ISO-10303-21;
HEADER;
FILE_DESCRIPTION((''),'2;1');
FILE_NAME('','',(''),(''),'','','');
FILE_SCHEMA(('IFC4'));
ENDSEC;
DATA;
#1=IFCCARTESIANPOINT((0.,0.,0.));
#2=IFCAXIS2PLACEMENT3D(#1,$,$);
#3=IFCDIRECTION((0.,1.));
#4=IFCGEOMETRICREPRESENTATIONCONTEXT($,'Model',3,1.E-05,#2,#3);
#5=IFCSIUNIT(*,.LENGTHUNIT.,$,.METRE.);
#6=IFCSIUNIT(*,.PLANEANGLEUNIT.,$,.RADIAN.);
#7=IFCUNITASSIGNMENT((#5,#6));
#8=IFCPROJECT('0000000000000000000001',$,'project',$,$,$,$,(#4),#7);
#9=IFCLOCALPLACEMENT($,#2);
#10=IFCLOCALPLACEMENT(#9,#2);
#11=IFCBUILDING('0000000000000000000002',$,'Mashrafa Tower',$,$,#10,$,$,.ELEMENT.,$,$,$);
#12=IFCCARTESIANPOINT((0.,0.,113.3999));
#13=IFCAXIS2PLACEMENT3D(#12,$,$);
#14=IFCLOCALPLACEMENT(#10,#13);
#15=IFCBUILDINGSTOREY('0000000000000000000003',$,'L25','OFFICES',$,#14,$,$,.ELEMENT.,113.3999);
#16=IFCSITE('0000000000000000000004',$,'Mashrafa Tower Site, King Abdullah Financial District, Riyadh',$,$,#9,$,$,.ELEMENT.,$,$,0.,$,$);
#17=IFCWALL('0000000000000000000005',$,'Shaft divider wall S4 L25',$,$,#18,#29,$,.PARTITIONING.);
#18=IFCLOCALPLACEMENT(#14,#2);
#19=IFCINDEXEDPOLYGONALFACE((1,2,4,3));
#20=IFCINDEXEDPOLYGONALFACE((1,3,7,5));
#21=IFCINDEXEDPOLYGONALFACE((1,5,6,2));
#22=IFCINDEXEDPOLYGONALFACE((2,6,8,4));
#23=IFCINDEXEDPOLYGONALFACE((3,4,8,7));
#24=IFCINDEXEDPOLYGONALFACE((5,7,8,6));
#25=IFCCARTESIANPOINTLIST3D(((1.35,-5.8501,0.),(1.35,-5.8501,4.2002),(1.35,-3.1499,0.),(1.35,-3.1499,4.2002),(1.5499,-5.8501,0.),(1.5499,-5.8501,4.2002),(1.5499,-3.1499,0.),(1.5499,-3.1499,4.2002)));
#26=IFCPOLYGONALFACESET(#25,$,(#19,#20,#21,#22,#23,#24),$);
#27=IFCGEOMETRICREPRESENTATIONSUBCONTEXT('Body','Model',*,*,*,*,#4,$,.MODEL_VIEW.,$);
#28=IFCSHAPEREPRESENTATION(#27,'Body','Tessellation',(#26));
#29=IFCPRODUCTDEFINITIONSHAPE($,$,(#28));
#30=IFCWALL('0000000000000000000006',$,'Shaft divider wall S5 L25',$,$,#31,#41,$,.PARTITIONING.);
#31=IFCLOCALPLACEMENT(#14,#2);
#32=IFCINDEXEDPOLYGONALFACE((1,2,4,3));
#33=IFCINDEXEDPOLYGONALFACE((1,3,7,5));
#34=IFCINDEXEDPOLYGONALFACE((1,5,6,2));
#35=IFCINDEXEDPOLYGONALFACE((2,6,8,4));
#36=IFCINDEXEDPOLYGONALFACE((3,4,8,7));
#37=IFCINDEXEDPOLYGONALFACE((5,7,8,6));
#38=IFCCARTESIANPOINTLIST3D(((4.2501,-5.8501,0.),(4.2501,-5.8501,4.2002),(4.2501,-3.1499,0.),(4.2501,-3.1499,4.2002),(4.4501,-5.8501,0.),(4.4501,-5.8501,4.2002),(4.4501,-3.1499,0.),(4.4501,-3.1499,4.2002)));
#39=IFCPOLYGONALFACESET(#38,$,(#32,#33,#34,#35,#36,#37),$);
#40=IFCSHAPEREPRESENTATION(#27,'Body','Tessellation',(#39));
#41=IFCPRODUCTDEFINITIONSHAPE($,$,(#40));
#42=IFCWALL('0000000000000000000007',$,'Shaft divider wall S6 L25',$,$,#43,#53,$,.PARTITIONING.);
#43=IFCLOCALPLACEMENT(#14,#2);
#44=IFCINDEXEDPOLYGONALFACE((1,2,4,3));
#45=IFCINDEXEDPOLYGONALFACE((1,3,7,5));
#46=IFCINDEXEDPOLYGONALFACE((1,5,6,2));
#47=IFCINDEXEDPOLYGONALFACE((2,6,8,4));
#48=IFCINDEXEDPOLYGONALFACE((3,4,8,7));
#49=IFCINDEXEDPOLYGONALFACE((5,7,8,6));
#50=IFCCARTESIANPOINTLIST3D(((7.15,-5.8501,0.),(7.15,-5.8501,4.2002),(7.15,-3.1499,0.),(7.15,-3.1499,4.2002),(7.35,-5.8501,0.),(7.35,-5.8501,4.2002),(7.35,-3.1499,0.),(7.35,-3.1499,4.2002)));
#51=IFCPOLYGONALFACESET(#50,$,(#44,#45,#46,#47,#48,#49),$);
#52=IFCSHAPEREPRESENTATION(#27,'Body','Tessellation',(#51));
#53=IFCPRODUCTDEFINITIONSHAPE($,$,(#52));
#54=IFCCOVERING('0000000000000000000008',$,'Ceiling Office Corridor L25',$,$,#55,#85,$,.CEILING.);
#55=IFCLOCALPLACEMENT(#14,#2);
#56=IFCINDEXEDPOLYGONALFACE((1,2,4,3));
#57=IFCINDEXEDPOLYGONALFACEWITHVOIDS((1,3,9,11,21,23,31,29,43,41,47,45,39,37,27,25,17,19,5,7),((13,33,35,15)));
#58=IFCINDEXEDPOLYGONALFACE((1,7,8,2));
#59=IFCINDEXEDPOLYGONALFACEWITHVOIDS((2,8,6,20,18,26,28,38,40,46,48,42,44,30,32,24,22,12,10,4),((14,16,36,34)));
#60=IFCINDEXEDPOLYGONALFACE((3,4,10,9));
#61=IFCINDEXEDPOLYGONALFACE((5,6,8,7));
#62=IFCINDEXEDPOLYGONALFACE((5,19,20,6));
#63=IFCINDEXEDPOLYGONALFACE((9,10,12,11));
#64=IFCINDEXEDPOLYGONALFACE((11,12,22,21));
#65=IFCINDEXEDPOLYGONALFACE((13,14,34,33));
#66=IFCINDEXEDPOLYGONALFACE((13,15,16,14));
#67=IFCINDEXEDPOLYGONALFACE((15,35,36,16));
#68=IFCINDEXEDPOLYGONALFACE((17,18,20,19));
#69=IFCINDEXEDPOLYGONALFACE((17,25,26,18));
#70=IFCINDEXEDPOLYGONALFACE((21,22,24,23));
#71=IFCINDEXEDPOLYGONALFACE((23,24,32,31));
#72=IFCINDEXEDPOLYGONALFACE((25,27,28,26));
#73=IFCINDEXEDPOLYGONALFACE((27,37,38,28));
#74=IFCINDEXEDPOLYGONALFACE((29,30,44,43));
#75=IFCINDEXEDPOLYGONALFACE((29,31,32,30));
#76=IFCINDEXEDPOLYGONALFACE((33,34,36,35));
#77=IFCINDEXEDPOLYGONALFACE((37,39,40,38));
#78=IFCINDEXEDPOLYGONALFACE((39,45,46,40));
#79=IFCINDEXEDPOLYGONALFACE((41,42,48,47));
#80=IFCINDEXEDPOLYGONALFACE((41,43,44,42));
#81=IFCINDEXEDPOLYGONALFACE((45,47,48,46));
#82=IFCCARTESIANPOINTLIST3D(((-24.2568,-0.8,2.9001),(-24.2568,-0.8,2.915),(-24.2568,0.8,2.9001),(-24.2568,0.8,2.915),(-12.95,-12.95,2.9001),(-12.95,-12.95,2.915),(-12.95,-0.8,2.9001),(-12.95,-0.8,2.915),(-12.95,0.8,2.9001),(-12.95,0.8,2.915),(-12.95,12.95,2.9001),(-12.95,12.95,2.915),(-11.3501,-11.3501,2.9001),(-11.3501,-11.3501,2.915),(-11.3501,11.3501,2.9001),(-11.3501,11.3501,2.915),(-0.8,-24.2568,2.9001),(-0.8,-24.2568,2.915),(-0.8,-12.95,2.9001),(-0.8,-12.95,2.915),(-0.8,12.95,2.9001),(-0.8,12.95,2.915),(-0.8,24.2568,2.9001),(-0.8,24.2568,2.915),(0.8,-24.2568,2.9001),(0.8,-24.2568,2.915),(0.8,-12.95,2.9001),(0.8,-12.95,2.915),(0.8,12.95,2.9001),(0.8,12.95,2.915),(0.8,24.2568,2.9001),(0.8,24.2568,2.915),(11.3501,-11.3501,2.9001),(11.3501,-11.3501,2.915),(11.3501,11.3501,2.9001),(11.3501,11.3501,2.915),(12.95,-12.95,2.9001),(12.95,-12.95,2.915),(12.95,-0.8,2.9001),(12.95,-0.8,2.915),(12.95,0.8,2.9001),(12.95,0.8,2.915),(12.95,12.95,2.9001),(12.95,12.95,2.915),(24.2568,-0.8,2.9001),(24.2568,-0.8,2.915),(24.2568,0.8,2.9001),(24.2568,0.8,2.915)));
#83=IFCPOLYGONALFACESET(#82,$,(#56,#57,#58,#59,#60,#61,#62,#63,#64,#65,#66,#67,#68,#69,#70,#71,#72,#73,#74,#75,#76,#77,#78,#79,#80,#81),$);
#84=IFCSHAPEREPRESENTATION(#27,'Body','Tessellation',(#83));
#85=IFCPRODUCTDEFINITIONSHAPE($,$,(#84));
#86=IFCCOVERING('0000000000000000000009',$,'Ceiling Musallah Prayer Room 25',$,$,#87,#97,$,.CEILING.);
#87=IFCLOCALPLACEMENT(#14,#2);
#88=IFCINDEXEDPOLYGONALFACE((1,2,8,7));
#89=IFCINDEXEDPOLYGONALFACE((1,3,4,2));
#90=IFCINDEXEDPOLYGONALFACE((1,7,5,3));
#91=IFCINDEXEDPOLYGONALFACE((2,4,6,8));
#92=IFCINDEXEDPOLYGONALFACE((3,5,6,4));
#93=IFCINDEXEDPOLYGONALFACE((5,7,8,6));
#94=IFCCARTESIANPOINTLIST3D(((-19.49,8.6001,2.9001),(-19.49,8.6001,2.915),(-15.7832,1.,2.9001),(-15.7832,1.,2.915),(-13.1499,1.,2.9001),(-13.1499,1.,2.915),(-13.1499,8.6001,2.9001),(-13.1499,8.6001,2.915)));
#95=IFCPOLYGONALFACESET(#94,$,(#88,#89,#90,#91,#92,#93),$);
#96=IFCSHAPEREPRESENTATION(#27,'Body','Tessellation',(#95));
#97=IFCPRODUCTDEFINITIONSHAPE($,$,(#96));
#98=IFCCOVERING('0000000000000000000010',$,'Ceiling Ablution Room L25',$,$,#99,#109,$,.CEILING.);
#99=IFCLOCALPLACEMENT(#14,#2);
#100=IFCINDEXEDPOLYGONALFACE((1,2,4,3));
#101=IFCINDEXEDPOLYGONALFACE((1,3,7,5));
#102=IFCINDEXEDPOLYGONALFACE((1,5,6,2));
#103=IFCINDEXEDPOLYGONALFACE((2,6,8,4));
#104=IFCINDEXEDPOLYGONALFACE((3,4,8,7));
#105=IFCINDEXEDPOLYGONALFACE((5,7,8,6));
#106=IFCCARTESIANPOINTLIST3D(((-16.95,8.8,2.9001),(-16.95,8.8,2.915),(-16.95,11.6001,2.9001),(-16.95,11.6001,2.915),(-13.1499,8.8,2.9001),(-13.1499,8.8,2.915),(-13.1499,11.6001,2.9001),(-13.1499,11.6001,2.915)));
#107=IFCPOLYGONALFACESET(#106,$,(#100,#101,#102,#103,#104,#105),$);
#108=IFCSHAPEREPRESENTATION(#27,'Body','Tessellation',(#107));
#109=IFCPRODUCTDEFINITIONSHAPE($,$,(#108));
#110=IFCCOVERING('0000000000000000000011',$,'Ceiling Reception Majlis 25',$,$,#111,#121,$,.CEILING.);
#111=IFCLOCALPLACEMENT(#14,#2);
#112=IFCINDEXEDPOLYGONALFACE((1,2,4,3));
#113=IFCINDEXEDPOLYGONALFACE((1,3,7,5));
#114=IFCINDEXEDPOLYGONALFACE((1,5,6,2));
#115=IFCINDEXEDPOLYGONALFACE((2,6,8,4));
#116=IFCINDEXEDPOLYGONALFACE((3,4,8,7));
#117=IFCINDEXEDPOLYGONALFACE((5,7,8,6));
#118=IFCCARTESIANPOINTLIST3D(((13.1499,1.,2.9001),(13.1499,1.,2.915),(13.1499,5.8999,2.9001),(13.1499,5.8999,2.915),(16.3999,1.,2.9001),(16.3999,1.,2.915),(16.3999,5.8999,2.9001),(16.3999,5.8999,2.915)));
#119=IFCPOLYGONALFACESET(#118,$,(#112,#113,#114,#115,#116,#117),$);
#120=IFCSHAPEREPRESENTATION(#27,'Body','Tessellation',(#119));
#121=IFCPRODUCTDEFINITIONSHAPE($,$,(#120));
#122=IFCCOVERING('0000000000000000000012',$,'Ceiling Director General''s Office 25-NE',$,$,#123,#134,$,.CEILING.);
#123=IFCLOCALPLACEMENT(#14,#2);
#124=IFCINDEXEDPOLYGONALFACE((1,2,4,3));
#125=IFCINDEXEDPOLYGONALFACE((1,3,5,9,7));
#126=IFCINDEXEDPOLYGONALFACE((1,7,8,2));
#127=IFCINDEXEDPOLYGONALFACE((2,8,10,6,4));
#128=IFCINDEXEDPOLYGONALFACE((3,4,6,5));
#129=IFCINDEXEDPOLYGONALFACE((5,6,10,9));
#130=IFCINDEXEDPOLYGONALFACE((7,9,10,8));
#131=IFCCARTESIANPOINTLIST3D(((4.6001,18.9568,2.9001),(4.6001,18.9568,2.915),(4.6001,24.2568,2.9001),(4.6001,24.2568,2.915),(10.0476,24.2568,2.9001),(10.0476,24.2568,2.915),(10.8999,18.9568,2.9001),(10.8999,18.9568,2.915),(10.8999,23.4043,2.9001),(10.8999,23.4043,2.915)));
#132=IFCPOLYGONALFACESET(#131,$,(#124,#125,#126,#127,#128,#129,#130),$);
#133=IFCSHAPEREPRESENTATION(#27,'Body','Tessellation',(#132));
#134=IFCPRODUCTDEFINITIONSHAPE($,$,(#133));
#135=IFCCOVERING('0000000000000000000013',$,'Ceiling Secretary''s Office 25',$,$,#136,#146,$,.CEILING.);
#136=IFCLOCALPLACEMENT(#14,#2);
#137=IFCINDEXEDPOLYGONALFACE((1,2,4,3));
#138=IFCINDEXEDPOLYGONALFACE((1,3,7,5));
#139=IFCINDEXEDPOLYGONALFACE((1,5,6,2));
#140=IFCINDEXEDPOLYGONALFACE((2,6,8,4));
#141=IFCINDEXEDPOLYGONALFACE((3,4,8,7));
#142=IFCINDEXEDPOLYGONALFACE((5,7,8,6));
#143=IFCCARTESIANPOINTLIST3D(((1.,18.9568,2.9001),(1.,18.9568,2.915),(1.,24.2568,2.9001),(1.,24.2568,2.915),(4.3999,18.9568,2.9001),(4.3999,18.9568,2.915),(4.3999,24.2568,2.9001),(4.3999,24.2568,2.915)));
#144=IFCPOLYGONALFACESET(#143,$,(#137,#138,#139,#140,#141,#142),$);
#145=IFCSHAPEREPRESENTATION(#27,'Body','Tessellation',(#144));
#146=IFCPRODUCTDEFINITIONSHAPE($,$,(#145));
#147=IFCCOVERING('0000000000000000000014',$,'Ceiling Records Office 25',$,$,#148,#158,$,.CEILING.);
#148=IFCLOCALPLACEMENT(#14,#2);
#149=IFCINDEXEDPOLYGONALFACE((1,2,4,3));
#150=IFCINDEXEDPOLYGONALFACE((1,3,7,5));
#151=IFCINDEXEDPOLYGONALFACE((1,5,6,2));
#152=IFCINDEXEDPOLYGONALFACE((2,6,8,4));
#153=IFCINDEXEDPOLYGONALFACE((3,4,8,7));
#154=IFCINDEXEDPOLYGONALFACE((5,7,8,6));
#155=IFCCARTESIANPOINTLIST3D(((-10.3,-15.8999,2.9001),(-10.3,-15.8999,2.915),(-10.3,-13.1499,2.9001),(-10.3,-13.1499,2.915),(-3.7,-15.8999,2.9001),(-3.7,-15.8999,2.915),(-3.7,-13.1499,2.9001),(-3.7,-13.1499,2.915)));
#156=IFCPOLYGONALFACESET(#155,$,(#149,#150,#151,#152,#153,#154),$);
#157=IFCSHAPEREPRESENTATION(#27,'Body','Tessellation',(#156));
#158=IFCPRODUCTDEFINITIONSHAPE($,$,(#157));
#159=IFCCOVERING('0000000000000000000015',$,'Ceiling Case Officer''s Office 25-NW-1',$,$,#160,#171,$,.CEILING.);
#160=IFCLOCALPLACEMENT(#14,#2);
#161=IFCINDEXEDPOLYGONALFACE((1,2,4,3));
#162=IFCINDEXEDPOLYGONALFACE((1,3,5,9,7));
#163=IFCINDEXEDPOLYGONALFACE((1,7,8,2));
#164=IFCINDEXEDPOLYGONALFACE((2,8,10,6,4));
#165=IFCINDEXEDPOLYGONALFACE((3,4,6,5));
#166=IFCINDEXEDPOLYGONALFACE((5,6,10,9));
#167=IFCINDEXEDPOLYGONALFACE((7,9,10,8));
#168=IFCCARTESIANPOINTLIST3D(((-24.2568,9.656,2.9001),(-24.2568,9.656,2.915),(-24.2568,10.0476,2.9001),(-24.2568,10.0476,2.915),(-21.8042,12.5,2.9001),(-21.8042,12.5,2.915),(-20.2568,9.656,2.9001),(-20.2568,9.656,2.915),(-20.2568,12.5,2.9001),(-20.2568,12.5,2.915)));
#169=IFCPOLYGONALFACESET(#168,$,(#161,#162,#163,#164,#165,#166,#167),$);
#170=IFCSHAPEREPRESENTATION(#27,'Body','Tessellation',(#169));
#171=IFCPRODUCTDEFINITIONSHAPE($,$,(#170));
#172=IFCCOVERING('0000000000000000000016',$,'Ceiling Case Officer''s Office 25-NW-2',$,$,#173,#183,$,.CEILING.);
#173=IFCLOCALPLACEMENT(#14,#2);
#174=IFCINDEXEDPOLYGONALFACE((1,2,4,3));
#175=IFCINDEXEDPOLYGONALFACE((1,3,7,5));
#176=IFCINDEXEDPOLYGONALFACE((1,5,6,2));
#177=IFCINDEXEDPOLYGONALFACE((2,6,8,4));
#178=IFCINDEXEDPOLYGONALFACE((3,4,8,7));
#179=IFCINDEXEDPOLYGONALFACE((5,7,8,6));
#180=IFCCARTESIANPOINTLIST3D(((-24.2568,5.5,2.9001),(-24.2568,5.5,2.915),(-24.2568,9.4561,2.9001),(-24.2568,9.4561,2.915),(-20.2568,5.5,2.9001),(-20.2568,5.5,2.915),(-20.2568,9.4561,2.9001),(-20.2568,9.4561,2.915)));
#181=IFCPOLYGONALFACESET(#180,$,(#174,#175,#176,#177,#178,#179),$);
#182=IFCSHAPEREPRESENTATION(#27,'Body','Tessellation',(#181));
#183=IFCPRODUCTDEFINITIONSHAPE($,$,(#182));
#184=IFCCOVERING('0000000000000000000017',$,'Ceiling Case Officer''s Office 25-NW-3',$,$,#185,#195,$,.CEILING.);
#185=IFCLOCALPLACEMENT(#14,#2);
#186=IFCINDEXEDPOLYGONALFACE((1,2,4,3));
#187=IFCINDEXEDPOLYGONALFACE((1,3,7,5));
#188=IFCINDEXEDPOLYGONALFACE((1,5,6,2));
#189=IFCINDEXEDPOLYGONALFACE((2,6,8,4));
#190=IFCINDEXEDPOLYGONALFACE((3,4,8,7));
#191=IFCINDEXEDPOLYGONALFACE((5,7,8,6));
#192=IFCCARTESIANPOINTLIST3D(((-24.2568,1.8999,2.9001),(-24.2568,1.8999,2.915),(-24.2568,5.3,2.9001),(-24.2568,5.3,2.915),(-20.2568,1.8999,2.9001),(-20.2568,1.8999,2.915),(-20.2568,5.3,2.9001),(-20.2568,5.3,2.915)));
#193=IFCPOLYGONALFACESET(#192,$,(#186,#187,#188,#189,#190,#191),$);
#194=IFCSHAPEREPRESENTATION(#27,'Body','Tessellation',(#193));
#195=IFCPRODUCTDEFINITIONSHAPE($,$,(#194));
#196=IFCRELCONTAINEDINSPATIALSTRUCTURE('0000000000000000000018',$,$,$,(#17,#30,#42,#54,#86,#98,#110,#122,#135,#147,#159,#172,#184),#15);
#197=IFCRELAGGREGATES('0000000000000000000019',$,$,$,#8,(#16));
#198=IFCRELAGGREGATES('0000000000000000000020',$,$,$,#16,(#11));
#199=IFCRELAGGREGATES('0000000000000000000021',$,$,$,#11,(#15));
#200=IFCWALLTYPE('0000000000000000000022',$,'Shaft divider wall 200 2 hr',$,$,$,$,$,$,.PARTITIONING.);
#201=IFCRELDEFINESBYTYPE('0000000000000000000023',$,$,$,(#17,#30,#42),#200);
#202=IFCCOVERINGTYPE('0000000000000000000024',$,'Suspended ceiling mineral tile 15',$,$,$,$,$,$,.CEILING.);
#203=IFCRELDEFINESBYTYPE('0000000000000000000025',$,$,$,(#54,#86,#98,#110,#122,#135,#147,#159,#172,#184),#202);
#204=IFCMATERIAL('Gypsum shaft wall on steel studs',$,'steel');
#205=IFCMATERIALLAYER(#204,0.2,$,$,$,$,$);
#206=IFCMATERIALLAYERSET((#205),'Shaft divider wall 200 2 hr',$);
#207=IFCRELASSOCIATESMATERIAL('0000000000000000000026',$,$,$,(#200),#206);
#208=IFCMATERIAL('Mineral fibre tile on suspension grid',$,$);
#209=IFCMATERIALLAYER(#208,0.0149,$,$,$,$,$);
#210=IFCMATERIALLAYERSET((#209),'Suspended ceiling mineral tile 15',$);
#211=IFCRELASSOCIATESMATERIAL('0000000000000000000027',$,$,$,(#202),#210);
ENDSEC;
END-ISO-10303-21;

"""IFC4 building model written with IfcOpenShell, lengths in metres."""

from ifc_helpers import new_model, si_unit, direction, frame, frame_2d, origin, place, context, subcontext, project, spatial, polyline, rectangle, outline, extrude, material, layer, layer_set, type_object, element, save


model = new_model("IFC4")

# Units and contexts
model_context = context("Model", 3, precision=1e-05, world=origin(), true_north=direction((0.0, 1.0)))
body_context = subcontext(model_context, "Body", "Model", "MODEL_VIEW")
ifc_project = project(units=[si_unit("LENGTHUNIT", "METRE"), si_unit("PLANEANGLEUNIT", "RADIAN")], contexts=[model_context])

# Site, building, storey
site_placement = place(None, origin())
site = spatial("IfcSite", under=ifc_project, at=site_placement, Name="Mashrafa Tower Site, King Abdullah Financial District, Riyadh", CompositionType="ELEMENT", RefElevation=0.0)
building_placement = place(site_placement, origin())
building = spatial("IfcBuilding", under=site, at=building_placement, Name="Mashrafa Tower", CompositionType="ELEMENT")
storey_placement = place(building_placement, frame((0.0, 0.0, 113.3999)))
storey = spatial("IfcBuildingStorey", under=building, at=storey_placement, Name="L25", Description="OFFICES", CompositionType="ELEMENT", Elevation=113.3999)

# Walls
ifc_material_1 = material(Name="Gypsum shaft wall on steel studs", Category="steel")
ifc_layer_1 = layer(ifc_material_1, 0.2)
ifc_layer_set_1 = layer_set([ifc_layer_1], Name="Shaft divider wall 200 2 hr")
wall_type_1 = type_object("IfcWallType", Name="Shaft divider wall 200 2 hr", PredefinedType="PARTITIONING", material=ifc_layer_set_1)
for number, where, z_axis, x_axis, name in (
    (1, (1.45, -5.8501, 0.0), (0.0, 0.0, 1.0), (0.0, 1.0, 0.0), "Shaft divider wall S4 L25"),
    (2, (4.3501, -5.8501, 0.0), (0.0, 0.0, 1.0), (0.0, 1.0, 0.0), "Shaft divider wall S5 L25"),
    (3, (7.25, -5.8501, 0.0), (0.0, 0.0, 1.0), (0.0, 1.0, 0.0), "Shaft divider wall S6 L25"),
):
    element("IfcWall", number, at=place(storey_placement, frame(where, z_axis=z_axis, x_axis=x_axis)), inside=storey, type_object=wall_type_1, Name=name, PredefinedType="PARTITIONING", context=body_context, shape_type="SweptSolid", body=[
        extrude(rectangle(XDim=2.7002, YDim=0.2, at=frame_2d((1.3501, 0.0))), origin(), (0.0, 0.0, 1.0), 4.2002),
    ])

# Coverings
ifc_material_2 = material(Name="Mineral fibre tile on suspension grid")
ifc_layer_2 = layer(ifc_material_2, 0.0149)
ifc_layer_set_2 = layer_set([ifc_layer_2], Name="Suspended ceiling mineral tile 15")
covering_type = type_object("IfcCoveringType", Name="Suspended ceiling mineral tile 15", PredefinedType="CEILING", material=ifc_layer_set_2)
covering_1_placement = place(storey_placement, frame((0.0, 0.0, 2.9001)))
element("IfcCovering", 4, at=covering_1_placement, inside=storey, type_object=covering_type, Name="Ceiling Office Corridor L25", PredefinedType="CEILING", context=body_context, shape_type="SweptSolid", body=[
    extrude(outline(polyline([(-12.95, -12.95), (-12.95, -0.8), (-24.2568, -0.8), (-24.2568, 0.8), (-12.95, 0.8), (-12.95, 12.95), (-0.8, 12.95), (-0.8, 24.2568), (0.8, 24.2568), (0.8, 12.95), (12.95, 12.95), (12.95, 0.8), (24.2568, 0.8), (24.2568, -0.8), (12.95, -0.8), (12.95, -12.95), (0.8, -12.95), (0.8, -24.2568), (-0.8, -24.2568), (-0.8, -12.95), (-12.95, -12.95)]), holes=[polyline([(11.3501, 11.3501), (-11.3501, 11.3501), (-11.3501, -11.3501), (11.3501, -11.3501), (11.3501, 11.3501)])]), origin(), (0.0, 0.0, 1.0), 0.0149),
])
covering_2_placement = place(storey_placement, frame((0.0, 0.0, 2.9001)))
element("IfcCovering", 5, at=covering_2_placement, inside=storey, type_object=covering_type, Name="Ceiling Musallah Prayer Room 25", PredefinedType="CEILING", context=body_context, shape_type="SweptSolid", body=[
    extrude(outline(polyline([(-15.7832, 1.0), (-19.49, 8.6001), (-13.1499, 8.6001), (-13.1499, 1.0), (-15.7832, 1.0)])), origin(), (0.0, 0.0, 1.0), 0.0149),
])
covering_3_placement = place(storey_placement, frame((0.0, 0.0, 2.9001)))
element("IfcCovering", 6, at=covering_3_placement, inside=storey, type_object=covering_type, Name="Ceiling Ablution Room L25", PredefinedType="CEILING", context=body_context, shape_type="SweptSolid", body=[
    extrude(outline(polyline([(-16.95, 8.8), (-16.95, 11.6001), (-13.1499, 11.6001), (-13.1499, 8.8), (-16.95, 8.8)])), origin(), (0.0, 0.0, 1.0), 0.0149),
])
covering_4_placement = place(storey_placement, frame((0.0, 0.0, 2.9001)))
element("IfcCovering", 7, at=covering_4_placement, inside=storey, type_object=covering_type, Name="Ceiling Reception Majlis 25", PredefinedType="CEILING", context=body_context, shape_type="SweptSolid", body=[
    extrude(outline(polyline([(13.1499, 5.8999), (16.3999, 5.8999), (16.3999, 1.0), (13.1499, 1.0), (13.1499, 5.8999)])), origin(), (0.0, 0.0, 1.0), 0.0149),
])
covering_5_placement = place(storey_placement, frame((0.0, 0.0, 2.9001)))
element("IfcCovering", 8, at=covering_5_placement, inside=storey, type_object=covering_type, Name="Ceiling Director General's Office 25-NE", PredefinedType="CEILING", context=body_context, shape_type="SweptSolid", body=[
    extrude(outline(polyline([(4.6001, 24.2568), (10.0476, 24.2568), (10.8999, 23.4043), (10.8999, 18.9568), (4.6001, 18.9568), (4.6001, 24.2568)])), origin(), (0.0, 0.0, 1.0), 0.0149),
])
covering_6_placement = place(storey_placement, frame((0.0, 0.0, 2.9001)))
element("IfcCovering", 9, at=covering_6_placement, inside=storey, type_object=covering_type, Name="Ceiling Secretary's Office 25", PredefinedType="CEILING", context=body_context, shape_type="SweptSolid", body=[
    extrude(outline(polyline([(1.0, 24.2568), (4.3999, 24.2568), (4.3999, 18.9568), (1.0, 18.9568), (1.0, 24.2568)])), origin(), (0.0, 0.0, 1.0), 0.0149),
])
covering_7_placement = place(storey_placement, frame((0.0, 0.0, 2.9001)))
element("IfcCovering", 10, at=covering_7_placement, inside=storey, type_object=covering_type, Name="Ceiling Records Office 25", PredefinedType="CEILING", context=body_context, shape_type="SweptSolid", body=[
    extrude(outline(polyline([(-10.3, -13.1499), (-3.7, -13.1499), (-3.7, -15.8999), (-10.3, -15.8999), (-10.3, -13.1499)])), origin(), (0.0, 0.0, 1.0), 0.0149),
])
covering_8_placement = place(storey_placement, frame((0.0, 0.0, 2.9001)))
element("IfcCovering", 11, at=covering_8_placement, inside=storey, type_object=covering_type, Name="Ceiling Case Officer's Office 25-NW-1", PredefinedType="CEILING", context=body_context, shape_type="SweptSolid", body=[
    extrude(outline(polyline([(-20.2568, 12.5), (-20.2568, 9.656), (-24.2568, 9.656), (-24.2568, 10.0476), (-21.8042, 12.5), (-20.2568, 12.5)])), origin(), (0.0, 0.0, 1.0), 0.0149),
])
covering_9_placement = place(storey_placement, frame((0.0, 0.0, 2.9001)))
element("IfcCovering", 12, at=covering_9_placement, inside=storey, type_object=covering_type, Name="Ceiling Case Officer's Office 25-NW-2", PredefinedType="CEILING", context=body_context, shape_type="SweptSolid", body=[
    extrude(outline(polyline([(-20.2568, 9.4561), (-20.2568, 5.5), (-24.2568, 5.5), (-24.2568, 9.4561), (-20.2568, 9.4561)])), origin(), (0.0, 0.0, 1.0), 0.0149),
])
covering_10_placement = place(storey_placement, frame((0.0, 0.0, 2.9001)))
element("IfcCovering", 13, at=covering_10_placement, inside=storey, type_object=covering_type, Name="Ceiling Case Officer's Office 25-NW-3", PredefinedType="CEILING", context=body_context, shape_type="SweptSolid", body=[
    extrude(outline(polyline([(-20.2568, 5.3), (-20.2568, 1.8999), (-24.2568, 1.8999), (-24.2568, 5.3), (-20.2568, 5.3)])), origin(), (0.0, 0.0, 1.0), 0.0149),
])

save(model, "model.ifc")
